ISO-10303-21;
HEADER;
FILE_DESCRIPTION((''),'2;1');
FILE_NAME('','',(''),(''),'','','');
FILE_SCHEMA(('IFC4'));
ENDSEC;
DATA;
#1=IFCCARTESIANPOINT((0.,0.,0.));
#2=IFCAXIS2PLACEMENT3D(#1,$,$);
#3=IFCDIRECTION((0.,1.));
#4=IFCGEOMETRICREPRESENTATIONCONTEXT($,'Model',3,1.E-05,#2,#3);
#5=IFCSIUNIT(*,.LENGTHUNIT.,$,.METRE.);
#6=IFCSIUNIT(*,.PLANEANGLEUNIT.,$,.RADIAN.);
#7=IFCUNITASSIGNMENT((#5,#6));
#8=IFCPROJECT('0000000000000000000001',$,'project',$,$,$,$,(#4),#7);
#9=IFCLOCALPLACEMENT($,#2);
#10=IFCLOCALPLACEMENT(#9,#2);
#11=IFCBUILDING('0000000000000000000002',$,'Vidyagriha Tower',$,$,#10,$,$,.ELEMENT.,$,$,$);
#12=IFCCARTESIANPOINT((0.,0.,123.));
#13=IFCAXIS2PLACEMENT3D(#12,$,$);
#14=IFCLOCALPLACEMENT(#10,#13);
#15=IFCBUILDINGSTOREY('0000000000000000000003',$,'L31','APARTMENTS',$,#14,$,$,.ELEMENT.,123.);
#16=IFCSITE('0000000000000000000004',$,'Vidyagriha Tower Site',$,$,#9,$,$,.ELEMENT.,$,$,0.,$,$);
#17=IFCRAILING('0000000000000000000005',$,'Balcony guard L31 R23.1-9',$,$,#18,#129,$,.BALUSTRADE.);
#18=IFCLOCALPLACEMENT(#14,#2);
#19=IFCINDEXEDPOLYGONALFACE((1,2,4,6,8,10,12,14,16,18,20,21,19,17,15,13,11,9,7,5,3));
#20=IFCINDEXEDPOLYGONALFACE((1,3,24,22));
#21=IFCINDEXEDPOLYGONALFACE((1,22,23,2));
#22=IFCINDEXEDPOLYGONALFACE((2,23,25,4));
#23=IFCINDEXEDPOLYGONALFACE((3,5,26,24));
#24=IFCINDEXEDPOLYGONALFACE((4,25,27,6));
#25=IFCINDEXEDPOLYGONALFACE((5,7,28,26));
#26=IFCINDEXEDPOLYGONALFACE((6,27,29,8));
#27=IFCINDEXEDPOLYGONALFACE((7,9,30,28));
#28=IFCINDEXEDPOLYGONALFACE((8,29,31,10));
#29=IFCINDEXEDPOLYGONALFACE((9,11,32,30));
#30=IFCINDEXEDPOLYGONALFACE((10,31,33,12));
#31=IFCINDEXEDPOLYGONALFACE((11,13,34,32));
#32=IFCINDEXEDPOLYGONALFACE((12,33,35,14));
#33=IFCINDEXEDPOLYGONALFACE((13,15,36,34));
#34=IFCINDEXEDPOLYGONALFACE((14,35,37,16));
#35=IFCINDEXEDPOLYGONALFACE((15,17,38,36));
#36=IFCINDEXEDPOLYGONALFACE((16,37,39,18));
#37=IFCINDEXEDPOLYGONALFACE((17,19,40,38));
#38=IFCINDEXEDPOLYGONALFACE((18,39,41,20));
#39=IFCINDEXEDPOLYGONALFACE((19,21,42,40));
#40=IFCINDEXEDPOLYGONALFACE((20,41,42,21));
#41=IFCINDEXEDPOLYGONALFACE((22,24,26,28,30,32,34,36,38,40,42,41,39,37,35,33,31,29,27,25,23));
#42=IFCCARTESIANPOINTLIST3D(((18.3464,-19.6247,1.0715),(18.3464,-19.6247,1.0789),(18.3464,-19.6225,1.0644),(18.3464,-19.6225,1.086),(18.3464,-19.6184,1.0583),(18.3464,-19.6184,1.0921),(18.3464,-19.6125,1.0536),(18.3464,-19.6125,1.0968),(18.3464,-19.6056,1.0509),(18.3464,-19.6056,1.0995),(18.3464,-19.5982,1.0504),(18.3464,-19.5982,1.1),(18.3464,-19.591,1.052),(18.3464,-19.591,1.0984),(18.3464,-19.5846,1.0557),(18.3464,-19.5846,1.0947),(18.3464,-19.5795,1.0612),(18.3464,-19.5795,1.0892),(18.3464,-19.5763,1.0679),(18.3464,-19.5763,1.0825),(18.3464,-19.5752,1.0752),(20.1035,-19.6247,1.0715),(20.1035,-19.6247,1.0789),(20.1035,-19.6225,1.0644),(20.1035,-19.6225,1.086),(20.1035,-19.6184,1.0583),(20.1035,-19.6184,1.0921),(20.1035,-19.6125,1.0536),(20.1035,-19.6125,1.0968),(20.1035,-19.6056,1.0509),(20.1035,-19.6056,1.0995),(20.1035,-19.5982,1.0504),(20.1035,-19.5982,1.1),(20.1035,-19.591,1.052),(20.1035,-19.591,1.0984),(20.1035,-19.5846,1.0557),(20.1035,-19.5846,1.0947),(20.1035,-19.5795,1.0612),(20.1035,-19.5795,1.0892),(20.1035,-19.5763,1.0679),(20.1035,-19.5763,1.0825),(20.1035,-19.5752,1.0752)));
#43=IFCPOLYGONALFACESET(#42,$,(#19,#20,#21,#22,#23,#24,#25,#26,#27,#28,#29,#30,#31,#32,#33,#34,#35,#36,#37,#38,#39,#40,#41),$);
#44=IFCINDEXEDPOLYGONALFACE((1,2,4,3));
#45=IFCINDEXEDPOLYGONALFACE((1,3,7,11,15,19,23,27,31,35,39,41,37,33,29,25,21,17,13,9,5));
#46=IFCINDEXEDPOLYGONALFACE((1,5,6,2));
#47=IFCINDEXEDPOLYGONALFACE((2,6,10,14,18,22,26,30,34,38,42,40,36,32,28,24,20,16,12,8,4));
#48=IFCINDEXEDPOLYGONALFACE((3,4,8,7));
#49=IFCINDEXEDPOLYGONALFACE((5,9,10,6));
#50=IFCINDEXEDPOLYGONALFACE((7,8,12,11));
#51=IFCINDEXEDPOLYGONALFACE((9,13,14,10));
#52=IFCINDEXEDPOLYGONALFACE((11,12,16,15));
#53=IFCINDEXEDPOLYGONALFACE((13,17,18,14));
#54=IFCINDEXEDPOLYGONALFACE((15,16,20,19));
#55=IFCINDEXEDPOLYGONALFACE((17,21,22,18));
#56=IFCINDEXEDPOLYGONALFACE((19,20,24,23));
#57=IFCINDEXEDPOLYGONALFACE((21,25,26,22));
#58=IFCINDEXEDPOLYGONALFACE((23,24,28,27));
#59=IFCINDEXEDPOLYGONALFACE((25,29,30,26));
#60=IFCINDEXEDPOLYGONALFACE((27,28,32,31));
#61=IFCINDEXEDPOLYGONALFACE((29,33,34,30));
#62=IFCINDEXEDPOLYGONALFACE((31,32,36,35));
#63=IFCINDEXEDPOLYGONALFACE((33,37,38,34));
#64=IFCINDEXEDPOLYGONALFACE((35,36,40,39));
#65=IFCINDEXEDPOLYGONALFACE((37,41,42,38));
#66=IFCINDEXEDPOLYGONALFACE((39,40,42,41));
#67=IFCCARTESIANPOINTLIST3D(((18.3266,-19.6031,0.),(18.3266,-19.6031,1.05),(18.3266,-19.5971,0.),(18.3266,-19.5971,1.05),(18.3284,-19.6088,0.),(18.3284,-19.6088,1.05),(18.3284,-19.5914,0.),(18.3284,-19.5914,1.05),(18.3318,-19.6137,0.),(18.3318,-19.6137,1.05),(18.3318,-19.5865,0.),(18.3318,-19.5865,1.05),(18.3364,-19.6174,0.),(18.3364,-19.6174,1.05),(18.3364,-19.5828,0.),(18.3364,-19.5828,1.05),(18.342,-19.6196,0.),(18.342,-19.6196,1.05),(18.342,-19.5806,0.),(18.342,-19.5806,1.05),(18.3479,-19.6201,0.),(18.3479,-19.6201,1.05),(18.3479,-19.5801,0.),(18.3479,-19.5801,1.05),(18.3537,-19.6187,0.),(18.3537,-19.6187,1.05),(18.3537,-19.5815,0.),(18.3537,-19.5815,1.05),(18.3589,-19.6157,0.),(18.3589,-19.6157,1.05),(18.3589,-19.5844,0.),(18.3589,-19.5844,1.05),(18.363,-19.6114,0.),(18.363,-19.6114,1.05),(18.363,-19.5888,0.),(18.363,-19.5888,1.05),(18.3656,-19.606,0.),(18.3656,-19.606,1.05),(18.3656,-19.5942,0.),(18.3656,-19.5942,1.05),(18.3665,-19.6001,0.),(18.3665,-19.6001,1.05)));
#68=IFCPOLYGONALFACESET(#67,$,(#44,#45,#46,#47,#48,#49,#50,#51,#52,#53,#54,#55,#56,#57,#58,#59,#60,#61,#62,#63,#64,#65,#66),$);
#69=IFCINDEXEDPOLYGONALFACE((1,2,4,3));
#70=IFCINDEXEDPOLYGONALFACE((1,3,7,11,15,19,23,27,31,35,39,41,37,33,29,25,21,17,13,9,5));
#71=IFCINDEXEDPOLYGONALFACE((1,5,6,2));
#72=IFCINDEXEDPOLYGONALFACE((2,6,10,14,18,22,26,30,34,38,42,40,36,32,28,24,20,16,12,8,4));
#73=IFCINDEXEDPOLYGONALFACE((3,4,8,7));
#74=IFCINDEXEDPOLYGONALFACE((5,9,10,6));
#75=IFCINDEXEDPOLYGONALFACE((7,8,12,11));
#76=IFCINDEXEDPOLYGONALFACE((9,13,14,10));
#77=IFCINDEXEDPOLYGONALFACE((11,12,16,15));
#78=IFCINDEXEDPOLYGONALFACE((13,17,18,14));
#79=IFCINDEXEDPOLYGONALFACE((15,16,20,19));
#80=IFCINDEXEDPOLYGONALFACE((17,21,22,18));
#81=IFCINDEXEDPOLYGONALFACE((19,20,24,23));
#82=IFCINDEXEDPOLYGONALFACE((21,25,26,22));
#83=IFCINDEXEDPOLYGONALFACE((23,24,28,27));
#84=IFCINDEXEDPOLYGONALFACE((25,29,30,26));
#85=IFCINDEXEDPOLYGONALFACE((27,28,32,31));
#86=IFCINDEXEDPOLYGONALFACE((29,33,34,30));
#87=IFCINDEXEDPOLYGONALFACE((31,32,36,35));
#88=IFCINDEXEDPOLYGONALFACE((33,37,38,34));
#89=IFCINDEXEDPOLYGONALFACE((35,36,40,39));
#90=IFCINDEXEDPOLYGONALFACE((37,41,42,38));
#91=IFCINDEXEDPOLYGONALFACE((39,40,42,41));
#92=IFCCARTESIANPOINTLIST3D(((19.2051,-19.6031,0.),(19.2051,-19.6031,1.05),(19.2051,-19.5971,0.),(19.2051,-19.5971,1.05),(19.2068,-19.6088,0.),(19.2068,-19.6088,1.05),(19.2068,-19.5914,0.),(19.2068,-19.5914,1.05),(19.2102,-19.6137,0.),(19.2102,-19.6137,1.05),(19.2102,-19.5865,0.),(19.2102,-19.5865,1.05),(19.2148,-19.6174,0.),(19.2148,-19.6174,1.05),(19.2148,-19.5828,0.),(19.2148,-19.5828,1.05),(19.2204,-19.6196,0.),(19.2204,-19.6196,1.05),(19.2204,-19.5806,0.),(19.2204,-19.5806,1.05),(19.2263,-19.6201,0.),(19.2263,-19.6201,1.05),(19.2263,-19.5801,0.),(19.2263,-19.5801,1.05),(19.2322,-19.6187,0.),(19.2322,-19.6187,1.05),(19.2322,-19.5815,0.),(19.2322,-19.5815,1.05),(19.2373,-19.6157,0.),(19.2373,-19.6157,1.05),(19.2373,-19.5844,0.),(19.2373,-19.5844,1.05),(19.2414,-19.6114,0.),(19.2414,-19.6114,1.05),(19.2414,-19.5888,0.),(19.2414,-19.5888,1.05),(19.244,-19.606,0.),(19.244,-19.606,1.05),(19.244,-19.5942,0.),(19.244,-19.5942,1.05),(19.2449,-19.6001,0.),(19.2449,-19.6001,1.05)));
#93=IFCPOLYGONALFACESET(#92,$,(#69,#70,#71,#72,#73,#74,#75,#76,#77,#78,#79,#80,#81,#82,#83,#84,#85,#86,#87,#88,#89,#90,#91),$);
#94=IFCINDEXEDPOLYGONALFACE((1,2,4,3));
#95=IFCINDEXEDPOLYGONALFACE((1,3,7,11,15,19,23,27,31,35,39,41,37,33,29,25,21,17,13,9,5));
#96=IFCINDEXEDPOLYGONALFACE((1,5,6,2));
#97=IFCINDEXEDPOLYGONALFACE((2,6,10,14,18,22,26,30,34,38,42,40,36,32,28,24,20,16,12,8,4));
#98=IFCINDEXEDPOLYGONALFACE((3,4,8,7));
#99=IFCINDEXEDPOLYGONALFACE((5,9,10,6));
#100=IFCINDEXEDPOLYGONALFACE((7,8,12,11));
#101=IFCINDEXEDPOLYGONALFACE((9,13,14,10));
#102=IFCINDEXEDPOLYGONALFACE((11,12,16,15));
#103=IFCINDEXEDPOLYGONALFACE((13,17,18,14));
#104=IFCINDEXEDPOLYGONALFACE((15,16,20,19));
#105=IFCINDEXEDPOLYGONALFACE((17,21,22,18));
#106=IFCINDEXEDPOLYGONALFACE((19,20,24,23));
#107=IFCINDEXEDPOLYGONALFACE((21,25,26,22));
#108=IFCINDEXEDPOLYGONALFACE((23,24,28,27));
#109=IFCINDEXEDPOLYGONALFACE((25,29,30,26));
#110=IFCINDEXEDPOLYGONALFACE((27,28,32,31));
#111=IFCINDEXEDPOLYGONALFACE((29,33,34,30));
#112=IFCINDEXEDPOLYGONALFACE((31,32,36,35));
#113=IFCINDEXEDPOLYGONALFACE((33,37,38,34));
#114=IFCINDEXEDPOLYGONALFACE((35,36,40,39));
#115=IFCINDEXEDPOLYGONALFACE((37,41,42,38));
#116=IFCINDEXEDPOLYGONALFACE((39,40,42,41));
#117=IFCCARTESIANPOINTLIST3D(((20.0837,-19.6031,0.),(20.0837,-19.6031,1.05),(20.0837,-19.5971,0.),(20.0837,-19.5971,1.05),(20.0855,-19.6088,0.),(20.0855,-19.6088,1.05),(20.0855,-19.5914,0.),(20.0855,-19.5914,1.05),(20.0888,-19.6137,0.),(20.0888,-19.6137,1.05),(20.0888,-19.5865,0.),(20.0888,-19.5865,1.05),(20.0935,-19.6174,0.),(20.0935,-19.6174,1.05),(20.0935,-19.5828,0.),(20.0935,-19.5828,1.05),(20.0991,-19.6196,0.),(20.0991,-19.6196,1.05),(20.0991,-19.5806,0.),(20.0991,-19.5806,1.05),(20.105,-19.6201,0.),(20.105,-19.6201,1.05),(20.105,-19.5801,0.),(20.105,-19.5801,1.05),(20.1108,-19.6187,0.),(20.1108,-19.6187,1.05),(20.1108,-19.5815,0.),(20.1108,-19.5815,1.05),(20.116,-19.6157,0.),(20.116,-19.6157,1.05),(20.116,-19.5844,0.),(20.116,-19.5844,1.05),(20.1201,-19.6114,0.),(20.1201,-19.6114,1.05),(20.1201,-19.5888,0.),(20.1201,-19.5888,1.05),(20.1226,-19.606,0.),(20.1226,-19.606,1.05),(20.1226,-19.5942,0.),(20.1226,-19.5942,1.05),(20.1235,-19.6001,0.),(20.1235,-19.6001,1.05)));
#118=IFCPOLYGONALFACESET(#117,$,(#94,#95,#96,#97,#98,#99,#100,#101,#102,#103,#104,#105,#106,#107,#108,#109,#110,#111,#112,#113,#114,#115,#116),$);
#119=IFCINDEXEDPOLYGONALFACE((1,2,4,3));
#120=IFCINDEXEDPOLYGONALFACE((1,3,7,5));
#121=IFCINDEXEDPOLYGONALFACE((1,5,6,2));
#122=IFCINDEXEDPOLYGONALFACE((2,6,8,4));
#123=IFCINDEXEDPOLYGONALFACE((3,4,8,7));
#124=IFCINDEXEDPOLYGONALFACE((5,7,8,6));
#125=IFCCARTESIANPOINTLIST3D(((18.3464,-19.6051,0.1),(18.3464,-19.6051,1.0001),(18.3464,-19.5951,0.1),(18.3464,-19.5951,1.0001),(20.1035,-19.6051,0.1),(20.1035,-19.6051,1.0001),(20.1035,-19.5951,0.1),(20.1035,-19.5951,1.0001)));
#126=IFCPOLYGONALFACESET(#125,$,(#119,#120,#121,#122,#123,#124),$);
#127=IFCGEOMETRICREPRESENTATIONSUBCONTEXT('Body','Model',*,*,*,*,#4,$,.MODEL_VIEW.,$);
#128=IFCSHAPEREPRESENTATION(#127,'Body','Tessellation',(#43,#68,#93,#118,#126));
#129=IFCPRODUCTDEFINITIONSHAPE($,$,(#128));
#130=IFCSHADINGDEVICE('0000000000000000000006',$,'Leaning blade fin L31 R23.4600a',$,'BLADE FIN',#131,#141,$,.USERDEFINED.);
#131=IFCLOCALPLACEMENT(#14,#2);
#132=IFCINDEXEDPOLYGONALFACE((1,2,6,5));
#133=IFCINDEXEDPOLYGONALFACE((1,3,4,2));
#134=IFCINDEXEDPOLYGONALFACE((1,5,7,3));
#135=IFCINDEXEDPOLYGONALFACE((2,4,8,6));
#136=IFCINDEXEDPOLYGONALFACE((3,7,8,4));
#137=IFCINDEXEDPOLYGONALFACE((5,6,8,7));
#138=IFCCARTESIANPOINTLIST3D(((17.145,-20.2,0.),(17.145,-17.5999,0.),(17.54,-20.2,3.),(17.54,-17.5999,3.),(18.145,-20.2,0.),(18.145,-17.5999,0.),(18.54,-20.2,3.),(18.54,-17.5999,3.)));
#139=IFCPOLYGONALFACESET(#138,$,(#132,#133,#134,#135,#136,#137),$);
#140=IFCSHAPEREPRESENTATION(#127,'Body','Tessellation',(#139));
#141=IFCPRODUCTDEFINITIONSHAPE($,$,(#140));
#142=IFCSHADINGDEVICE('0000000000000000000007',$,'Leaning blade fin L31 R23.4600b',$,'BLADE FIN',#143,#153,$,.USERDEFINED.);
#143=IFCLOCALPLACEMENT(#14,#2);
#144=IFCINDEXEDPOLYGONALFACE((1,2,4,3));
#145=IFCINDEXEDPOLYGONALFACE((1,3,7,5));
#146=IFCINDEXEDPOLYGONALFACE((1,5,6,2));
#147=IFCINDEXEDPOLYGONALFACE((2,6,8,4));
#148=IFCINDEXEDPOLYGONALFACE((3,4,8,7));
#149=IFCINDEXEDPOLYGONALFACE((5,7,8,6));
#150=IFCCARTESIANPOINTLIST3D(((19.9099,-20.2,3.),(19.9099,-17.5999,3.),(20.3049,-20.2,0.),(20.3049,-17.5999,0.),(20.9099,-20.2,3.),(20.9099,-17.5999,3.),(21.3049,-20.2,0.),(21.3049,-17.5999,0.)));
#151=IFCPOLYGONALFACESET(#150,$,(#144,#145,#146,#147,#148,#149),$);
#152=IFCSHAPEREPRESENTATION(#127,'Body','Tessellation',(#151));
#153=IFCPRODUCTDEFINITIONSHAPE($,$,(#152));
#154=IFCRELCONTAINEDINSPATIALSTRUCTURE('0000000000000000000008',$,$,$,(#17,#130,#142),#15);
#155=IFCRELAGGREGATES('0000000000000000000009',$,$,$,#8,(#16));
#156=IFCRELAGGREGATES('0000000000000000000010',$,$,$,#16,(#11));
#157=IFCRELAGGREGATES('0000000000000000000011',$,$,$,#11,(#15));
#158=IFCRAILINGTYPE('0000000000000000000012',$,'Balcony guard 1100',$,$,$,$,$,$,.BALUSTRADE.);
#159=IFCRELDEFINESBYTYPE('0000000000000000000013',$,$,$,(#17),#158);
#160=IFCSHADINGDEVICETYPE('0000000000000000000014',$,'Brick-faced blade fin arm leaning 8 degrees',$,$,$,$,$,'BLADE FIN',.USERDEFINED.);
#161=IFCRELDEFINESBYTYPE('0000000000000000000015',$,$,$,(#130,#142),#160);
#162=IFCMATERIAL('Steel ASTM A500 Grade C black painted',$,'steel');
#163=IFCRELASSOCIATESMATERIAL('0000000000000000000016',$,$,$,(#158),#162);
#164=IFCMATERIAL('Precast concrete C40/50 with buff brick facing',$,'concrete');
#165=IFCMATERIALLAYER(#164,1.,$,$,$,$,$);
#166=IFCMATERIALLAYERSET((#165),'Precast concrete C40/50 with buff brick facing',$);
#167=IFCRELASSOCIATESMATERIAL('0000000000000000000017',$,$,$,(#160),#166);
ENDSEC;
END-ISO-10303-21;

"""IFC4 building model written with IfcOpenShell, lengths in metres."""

from ifc_helpers import new_model, si_unit, direction, frame, origin, origin_2d, place, context, subcontext, project, spatial, polyline, rectangle, circle, outline, extrude, material, layer, layer_set, type_object, element, save


model = new_model("IFC4")

# Units and contexts
model_context = context("Model", 3, precision=1e-05, world=origin(), true_north=direction((0.0, 1.0)))
body_context = subcontext(model_context, "Body", "Model", "MODEL_VIEW")
ifc_project = project(units=[si_unit("LENGTHUNIT", "METRE"), si_unit("PLANEANGLEUNIT", "RADIAN")], contexts=[model_context])

# Site, building, storey
site_placement = place(None, origin())
site = spatial("IfcSite", under=ifc_project, at=site_placement, Name="Vidyagriha Tower Site", CompositionType="ELEMENT", RefElevation=0.0)
building_placement = place(site_placement, origin())
building = spatial("IfcBuilding", under=site, at=building_placement, Name="Vidyagriha Tower", CompositionType="ELEMENT")
storey_placement = place(building_placement, frame((0.0, 0.0, 123.0)))
storey = spatial("IfcBuildingStorey", under=building, at=storey_placement, Name="L31", Description="APARTMENTS", CompositionType="ELEMENT", Elevation=123.0)

# Railing
ifc_material_1 = material(Name="Steel ASTM A500 Grade C black painted", Category="steel")
railing_type = type_object("IfcRailingType", Name="Balcony guard 1100", PredefinedType="BALUSTRADE", material=ifc_material_1)
railing_1_placement = place(storey_placement, frame((18.3464, -19.6001, 0.0)))
element("IfcRailing", 1, at=railing_1_placement, inside=storey, type_object=railing_type, Name="Balcony guard L31 R23.1-9", PredefinedType="BALUSTRADE", context=body_context, shape_type="SweptSolid", body=[
    extrude(circle(Radius=0.0249, at=origin_2d()), frame((0.0, 0.0, 1.0752), z_axis=(1.0, 0.0, 0.0), x_axis=(0.0, 1.0, 0.0)), (0.0, 0.0, 1.0), 1.7571),
    extrude(circle(Radius=0.02, at=origin_2d()), origin(), (0.0, 0.0, 1.0), 1.05),
    extrude(circle(Radius=0.02, at=origin_2d()), frame((0.8784, 0.0, 0.0)), (0.0, 0.0, 1.0), 1.05),
    extrude(circle(Radius=0.02, at=origin_2d()), frame((1.7571, 0.0, 0.0)), (0.0, 0.0, 1.0), 1.05),
    extrude(rectangle(XDim=0.01, YDim=0.9001, at=origin_2d()), frame((0.0, 0.0, 0.55), z_axis=(1.0, 0.0, 0.0), x_axis=(0.0, 1.0, 0.0)), (0.0, 0.0, 1.0), 1.7571),
])

# Shading devices
ifc_material_2 = material(Name="Precast concrete C40/50 with buff brick facing", Category="concrete")
ifc_layer_1 = layer(ifc_material_2, 1.0)
ifc_layer_set_1 = layer_set([ifc_layer_1], Name="Precast concrete C40/50 with buff brick facing")
shading_device_type = type_object("IfcShadingDeviceType", Name="Brick-faced blade fin arm leaning 8 degrees", ElementType="BLADE FIN", PredefinedType="USERDEFINED", material=ifc_layer_set_1)
shading_device_1_placement = place(storey_placement, frame((17.145, -18.8999, 0.0)))
element("IfcShadingDevice", 2, at=shading_device_1_placement, inside=storey, type_object=shading_device_type, Name="Leaning blade fin L31 R23.4600a", ObjectType="BLADE FIN", PredefinedType="USERDEFINED", context=body_context, shape_type="SweptSolid", body=[
    extrude(outline(polyline([(0.0, 0.0), (1.0, 0.0), (1.395, 3.0), (0.395, 3.0), (0.0, 0.0)])), frame((0.0, 1.3, 0.0), z_axis=(0.0, -1.0, 0.0), x_axis=(1.0, 0.0, 0.0)), (0.0, 0.0, 1.0), 2.6001),
])
shading_device_2_placement = place(storey_placement, frame((19.9099, -18.8999, 0.0)))
element("IfcShadingDevice", 3, at=shading_device_2_placement, inside=storey, type_object=shading_device_type, Name="Leaning blade fin L31 R23.4600b", ObjectType="BLADE FIN", PredefinedType="USERDEFINED", context=body_context, shape_type="SweptSolid", body=[
    extrude(outline(polyline([(0.395, 0.0), (1.395, 0.0), (1.0, 3.0), (0.0, 3.0), (0.395, 0.0)])), frame((0.0, 1.3, 0.0), z_axis=(0.0, -1.0, 0.0), x_axis=(1.0, 0.0, 0.0)), (0.0, 0.0, 1.0), 2.6001),
])

save(model, "model.ifc")
